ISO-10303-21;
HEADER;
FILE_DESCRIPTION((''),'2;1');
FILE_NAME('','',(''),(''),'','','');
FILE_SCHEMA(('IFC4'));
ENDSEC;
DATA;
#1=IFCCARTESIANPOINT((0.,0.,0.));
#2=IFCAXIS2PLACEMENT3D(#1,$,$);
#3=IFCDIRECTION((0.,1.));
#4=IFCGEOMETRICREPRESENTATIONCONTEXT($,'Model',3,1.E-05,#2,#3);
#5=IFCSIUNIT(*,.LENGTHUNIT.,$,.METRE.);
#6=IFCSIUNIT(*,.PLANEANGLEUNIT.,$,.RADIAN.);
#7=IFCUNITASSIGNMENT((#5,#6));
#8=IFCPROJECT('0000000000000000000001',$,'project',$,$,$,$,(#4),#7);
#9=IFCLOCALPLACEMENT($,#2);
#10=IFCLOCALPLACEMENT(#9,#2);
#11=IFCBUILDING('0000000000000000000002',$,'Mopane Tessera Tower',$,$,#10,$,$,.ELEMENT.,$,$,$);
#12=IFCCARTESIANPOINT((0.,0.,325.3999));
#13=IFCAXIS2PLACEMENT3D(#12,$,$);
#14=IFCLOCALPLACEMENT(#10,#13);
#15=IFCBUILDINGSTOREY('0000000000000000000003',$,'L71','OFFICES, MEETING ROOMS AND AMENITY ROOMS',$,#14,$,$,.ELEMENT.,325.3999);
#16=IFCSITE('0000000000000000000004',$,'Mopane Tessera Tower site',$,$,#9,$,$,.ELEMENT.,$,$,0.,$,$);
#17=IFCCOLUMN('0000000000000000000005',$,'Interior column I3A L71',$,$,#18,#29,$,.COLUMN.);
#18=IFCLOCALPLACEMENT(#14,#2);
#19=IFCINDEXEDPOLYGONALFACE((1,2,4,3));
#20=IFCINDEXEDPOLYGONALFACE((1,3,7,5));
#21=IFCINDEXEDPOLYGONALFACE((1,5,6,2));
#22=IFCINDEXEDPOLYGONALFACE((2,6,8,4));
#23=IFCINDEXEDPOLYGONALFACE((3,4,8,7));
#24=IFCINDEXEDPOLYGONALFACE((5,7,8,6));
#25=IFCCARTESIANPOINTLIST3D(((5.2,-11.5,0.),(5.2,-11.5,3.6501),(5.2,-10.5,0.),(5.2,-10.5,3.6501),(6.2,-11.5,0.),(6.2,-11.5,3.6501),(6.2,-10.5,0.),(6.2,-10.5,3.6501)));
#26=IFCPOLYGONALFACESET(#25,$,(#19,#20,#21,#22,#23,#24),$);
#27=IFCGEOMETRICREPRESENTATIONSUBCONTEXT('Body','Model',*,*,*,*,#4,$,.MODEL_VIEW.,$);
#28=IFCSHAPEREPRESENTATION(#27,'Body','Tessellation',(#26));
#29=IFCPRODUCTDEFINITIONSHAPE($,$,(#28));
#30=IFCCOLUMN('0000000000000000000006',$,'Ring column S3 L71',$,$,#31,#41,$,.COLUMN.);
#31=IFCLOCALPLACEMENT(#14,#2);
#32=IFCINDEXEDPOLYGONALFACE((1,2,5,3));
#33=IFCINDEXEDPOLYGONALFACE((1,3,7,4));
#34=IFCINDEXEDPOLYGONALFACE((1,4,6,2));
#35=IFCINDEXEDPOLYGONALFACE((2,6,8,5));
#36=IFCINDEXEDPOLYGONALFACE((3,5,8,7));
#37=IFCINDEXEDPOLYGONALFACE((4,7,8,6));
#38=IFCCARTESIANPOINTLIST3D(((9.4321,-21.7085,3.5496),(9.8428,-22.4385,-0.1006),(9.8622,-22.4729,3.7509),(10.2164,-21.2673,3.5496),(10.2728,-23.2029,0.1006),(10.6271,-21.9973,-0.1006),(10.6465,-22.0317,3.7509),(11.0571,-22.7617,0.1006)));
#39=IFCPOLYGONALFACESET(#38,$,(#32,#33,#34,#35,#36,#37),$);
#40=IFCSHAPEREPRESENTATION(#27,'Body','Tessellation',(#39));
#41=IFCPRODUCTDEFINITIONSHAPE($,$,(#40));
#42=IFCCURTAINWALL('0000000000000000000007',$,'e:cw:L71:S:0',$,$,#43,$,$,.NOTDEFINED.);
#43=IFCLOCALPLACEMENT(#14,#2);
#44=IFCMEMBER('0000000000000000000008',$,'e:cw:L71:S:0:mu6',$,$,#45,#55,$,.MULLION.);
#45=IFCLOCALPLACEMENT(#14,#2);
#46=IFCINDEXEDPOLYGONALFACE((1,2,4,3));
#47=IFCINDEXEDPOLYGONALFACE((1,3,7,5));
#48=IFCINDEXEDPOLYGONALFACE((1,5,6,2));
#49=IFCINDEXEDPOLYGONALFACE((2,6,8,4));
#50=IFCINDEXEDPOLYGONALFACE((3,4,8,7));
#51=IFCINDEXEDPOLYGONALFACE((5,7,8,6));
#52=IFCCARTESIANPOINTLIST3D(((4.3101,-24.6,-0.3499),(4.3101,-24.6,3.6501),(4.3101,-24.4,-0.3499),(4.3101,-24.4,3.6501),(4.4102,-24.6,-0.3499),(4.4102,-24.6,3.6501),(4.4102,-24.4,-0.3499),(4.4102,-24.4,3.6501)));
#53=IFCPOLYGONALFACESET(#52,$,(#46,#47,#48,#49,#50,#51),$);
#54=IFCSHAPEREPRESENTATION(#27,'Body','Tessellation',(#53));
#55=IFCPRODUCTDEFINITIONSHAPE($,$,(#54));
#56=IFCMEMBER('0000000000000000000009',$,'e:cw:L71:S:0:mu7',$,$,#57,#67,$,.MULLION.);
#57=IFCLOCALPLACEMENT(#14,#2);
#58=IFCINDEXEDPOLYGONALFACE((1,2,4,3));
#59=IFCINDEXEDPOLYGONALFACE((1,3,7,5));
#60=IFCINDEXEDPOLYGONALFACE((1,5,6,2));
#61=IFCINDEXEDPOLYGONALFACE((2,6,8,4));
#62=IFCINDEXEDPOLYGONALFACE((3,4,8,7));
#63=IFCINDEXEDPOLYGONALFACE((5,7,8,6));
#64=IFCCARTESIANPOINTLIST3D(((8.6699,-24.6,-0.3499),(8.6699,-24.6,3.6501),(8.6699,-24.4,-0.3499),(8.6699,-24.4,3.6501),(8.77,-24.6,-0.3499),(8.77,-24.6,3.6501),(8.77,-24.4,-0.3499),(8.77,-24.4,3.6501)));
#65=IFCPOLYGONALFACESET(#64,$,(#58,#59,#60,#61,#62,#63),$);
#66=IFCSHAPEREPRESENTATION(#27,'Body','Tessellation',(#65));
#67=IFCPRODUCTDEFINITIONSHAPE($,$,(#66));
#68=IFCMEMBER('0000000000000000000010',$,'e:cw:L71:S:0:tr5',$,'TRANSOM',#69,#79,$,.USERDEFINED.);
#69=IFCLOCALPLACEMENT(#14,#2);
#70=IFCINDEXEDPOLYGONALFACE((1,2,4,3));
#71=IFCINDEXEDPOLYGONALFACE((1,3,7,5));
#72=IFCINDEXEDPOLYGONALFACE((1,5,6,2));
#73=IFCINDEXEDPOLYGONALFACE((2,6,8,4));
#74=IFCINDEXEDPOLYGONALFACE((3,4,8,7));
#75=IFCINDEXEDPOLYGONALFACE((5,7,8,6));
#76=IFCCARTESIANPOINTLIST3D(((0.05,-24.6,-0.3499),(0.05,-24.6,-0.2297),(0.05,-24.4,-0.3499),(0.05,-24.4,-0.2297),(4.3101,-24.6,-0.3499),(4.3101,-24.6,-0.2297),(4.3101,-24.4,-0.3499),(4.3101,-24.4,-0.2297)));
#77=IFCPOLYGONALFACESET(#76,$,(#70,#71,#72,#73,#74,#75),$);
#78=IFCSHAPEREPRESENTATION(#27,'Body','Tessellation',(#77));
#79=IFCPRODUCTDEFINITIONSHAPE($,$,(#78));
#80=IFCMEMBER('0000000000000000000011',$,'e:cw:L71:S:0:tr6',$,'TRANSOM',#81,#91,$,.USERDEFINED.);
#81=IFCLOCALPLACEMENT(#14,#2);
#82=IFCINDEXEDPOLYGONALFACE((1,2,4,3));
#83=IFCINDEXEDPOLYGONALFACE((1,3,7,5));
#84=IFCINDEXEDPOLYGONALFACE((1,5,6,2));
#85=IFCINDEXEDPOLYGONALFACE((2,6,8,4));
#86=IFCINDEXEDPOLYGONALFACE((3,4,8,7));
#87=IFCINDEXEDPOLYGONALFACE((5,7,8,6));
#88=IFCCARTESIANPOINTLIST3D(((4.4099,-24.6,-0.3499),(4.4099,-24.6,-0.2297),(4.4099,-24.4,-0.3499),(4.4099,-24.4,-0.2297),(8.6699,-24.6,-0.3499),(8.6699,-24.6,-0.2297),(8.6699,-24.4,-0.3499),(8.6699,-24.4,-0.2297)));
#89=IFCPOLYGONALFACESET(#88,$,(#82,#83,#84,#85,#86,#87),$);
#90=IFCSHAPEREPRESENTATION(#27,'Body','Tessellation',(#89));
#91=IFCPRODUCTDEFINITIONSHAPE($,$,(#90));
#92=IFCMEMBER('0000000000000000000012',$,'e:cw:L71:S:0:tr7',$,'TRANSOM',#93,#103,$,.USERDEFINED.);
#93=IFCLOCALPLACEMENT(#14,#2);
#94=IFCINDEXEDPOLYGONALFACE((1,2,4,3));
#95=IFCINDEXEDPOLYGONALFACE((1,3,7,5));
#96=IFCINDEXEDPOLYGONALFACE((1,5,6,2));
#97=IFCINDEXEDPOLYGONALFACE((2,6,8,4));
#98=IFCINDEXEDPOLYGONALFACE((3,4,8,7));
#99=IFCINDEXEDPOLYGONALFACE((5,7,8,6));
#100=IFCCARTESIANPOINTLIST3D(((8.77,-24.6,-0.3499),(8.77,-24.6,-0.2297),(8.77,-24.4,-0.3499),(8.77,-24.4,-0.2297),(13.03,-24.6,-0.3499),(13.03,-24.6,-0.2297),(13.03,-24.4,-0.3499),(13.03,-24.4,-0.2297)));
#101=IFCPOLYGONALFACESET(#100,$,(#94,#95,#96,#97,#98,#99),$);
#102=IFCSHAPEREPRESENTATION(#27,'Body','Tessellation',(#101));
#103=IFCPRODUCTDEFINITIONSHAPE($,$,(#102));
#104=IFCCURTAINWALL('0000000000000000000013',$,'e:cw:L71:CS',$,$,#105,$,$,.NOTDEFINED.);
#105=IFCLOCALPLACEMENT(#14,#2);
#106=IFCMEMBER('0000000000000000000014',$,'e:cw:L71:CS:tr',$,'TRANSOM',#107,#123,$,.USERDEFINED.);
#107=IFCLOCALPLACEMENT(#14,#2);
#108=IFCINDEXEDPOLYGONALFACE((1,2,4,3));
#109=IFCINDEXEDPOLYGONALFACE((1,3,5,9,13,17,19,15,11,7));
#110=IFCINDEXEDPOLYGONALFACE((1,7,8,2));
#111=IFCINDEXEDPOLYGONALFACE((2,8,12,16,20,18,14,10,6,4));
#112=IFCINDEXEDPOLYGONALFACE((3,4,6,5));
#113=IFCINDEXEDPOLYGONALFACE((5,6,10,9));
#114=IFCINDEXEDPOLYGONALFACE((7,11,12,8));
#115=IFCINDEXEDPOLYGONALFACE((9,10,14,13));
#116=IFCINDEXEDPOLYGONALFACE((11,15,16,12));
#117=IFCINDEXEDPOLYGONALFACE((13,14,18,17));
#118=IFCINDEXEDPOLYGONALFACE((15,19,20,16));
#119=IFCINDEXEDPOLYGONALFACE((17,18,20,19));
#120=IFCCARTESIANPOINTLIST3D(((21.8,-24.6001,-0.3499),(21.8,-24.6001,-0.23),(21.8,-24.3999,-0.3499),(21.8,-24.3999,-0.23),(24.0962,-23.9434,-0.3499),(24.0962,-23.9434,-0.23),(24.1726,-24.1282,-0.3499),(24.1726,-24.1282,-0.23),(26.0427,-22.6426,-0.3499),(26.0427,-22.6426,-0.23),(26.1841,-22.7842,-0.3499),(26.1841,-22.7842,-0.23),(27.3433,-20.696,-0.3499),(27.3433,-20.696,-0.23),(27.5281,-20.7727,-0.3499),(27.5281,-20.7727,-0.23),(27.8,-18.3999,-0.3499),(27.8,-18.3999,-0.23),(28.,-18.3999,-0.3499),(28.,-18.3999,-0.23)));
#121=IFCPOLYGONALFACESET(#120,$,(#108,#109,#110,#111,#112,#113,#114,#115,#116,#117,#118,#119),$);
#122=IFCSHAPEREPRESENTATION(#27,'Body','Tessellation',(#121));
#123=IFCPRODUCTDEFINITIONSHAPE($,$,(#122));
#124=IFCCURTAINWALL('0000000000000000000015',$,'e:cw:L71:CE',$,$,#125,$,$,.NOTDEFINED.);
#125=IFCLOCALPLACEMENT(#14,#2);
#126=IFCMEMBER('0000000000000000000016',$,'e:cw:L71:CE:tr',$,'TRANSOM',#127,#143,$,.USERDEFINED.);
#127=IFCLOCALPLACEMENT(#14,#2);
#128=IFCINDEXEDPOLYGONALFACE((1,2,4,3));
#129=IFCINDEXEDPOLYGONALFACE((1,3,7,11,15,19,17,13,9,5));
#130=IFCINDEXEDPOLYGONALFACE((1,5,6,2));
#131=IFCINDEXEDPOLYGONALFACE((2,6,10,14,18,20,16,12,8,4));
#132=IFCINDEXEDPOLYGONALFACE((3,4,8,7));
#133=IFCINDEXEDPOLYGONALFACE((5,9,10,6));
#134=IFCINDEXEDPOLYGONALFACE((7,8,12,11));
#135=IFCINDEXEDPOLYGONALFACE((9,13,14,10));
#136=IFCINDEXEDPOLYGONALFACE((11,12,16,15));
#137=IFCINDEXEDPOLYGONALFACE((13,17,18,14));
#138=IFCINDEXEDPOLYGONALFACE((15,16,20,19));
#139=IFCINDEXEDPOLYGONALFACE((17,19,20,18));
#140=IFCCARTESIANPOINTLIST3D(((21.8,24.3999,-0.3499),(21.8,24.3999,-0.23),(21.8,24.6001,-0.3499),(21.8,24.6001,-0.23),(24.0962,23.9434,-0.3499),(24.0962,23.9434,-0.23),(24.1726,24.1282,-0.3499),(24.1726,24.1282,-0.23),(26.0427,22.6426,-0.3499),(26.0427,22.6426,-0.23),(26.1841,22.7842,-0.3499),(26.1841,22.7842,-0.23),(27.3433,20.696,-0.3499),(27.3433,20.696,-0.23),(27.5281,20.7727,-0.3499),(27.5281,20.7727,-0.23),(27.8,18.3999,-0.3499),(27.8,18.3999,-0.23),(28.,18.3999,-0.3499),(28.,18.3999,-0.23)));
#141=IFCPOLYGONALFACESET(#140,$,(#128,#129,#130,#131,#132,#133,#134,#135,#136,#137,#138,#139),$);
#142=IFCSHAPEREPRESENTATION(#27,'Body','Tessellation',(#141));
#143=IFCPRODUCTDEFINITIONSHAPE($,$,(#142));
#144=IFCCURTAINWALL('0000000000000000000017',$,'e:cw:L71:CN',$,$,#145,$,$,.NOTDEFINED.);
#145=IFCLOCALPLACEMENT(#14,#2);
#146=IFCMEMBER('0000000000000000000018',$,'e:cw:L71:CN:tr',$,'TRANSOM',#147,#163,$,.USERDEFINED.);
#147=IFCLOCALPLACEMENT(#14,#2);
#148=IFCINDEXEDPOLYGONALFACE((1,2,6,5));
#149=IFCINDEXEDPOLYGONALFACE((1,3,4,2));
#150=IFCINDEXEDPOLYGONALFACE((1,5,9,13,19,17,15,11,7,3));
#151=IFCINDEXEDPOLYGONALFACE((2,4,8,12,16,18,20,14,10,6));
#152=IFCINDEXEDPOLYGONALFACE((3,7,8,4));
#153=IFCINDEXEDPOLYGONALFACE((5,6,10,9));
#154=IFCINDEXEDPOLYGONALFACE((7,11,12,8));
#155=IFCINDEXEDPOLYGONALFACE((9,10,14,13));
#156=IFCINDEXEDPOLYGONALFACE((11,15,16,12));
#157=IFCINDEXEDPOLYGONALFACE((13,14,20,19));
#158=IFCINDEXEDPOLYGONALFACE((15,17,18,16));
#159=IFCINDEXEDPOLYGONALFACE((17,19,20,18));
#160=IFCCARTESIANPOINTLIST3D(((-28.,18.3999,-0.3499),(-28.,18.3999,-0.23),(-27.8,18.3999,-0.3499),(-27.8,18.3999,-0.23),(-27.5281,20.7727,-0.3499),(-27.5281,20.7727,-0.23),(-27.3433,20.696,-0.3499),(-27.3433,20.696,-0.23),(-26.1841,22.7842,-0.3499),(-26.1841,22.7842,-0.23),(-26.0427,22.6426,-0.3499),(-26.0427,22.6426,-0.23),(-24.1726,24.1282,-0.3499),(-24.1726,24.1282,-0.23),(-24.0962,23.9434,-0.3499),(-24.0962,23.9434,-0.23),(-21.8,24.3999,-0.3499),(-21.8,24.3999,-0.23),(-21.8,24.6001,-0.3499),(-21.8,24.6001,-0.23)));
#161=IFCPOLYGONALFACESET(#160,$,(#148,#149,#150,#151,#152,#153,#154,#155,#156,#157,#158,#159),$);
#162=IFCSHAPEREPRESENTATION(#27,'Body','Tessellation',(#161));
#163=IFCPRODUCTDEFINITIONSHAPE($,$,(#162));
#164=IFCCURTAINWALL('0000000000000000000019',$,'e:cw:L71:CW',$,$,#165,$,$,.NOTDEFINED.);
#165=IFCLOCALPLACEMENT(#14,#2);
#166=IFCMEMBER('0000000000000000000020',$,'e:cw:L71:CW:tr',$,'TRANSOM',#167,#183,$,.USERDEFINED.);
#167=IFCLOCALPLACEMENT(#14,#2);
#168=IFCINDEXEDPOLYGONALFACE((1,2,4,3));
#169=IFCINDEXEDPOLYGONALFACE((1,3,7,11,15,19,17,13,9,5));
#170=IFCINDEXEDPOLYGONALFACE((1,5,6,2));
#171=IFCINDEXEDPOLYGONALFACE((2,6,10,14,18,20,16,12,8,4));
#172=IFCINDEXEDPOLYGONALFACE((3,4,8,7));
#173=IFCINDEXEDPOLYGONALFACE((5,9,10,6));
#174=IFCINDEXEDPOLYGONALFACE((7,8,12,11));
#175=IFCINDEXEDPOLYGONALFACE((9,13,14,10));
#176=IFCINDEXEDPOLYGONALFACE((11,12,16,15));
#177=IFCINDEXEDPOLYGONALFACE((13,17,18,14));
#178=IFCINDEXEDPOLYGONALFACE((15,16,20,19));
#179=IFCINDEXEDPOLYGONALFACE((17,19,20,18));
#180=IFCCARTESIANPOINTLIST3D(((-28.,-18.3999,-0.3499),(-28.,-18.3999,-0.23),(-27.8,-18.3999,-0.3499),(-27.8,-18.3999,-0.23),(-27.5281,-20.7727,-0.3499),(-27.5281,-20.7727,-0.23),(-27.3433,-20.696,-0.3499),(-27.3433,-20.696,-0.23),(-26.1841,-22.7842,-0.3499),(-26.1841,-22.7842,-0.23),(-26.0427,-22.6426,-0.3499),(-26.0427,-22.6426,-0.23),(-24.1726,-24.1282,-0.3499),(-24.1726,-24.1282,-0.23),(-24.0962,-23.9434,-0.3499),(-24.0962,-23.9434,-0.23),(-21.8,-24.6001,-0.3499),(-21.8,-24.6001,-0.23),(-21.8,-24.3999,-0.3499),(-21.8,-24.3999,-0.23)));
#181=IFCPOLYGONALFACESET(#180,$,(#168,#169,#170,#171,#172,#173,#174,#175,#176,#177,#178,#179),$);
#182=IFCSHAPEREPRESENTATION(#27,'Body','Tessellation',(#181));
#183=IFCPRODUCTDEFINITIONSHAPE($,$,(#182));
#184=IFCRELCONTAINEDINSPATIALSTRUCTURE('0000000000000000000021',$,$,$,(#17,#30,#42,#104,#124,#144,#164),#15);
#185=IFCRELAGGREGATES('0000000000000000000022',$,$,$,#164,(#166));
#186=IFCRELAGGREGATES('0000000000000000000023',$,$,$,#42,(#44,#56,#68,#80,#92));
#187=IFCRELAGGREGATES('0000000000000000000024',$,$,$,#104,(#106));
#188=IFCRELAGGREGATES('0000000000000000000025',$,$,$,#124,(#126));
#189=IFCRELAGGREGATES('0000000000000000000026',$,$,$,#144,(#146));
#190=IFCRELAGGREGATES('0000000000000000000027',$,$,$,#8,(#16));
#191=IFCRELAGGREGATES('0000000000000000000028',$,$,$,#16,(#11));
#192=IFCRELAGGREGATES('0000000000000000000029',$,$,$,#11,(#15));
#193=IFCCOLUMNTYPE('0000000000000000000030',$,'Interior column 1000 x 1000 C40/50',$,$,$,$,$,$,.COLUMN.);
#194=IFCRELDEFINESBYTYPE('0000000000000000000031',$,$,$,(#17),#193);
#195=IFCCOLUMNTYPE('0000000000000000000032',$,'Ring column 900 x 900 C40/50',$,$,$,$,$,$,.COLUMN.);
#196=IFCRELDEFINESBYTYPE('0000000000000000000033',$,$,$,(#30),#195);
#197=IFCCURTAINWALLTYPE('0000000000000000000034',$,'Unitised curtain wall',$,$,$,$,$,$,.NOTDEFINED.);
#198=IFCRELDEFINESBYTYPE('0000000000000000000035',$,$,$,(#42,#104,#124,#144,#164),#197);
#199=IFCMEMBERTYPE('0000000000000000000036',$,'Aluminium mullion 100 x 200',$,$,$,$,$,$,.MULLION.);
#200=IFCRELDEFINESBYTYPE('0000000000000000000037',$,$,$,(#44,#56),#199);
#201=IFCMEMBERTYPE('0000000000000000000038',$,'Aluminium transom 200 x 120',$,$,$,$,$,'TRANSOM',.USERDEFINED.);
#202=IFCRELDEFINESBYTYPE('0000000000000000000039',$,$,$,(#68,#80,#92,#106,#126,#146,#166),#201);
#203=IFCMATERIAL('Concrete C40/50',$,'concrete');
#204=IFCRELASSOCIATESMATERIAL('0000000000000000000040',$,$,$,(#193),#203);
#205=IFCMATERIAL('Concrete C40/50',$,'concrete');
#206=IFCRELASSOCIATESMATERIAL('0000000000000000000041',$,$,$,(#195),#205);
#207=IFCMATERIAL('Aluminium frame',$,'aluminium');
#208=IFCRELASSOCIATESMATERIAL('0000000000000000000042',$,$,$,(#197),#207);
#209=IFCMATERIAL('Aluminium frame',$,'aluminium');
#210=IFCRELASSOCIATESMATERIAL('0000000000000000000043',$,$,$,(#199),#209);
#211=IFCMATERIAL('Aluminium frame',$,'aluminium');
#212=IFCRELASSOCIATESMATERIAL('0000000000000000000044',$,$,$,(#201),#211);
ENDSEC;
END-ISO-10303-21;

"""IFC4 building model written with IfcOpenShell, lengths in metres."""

from ifc_helpers import new_model, si_unit, direction, frame, origin, origin_2d, place, context, subcontext, project, spatial, polyline, rectangle, outline, extrude, material, material_profile, profile_set, type_object, element, aggregate, save


model = new_model("IFC4")

# Units and contexts
model_context = context("Model", 3, precision=1e-05, world=origin(), true_north=direction((0.0, 1.0)))
body_context = subcontext(model_context, "Body", "Model", "MODEL_VIEW")
ifc_project = project(units=[si_unit("LENGTHUNIT", "METRE"), si_unit("PLANEANGLEUNIT", "RADIAN")], contexts=[model_context])

# Site, building, storey
site_placement = place(None, origin())
site = spatial("IfcSite", under=ifc_project, at=site_placement, Name="Mopane Tessera Tower site", CompositionType="ELEMENT", RefElevation=0.0)
building_placement = place(site_placement, origin())
building = spatial("IfcBuilding", under=site, at=building_placement, Name="Mopane Tessera Tower", CompositionType="ELEMENT")
storey_placement = place(building_placement, frame((0.0, 0.0, 325.3999)))
storey = spatial("IfcBuildingStorey", under=building, at=storey_placement, Name="L71", Description="OFFICES, MEETING ROOMS AND AMENITY ROOMS", CompositionType="ELEMENT", Elevation=325.3999)

# Columns
ifc_material_1 = material(Name="Concrete C40/50", Category="concrete")
ifc_material_profile_1 = material_profile(ifc_material_1, rectangle(XDim=1.0, YDim=1.0, at=origin_2d()))
ifc_profile_set_1 = profile_set([ifc_material_profile_1], Name="Concrete C40/50")
column_type_1 = type_object("IfcColumnType", Name="Interior column 1000 x 1000 C40/50", PredefinedType="COLUMN", material=ifc_profile_set_1)
column_1_placement = place(storey_placement, frame((5.7, -11.0, 0.0), z_axis=(0.0, 0.0, 1.0), x_axis=(1.0, 0.0, 0.0)))
element("IfcColumn", 1, at=column_1_placement, inside=storey, type_object=column_type_1, Name="Interior column I3A L71", PredefinedType="COLUMN", context=body_context, shape_type="SweptSolid", body=[
    extrude(rectangle(XDim=1.0, YDim=1.0, at=origin_2d()), origin(), (0.0, 0.0, 1.0), 3.6501),
])
ifc_material_2 = material(Name="Concrete C40/50", Category="concrete")
ifc_material_profile_2 = material_profile(ifc_material_2, rectangle(XDim=0.8999, YDim=0.8999, at=origin_2d()))
ifc_profile_set_2 = profile_set([ifc_material_profile_2], Name="Concrete C40/50")
column_type_2 = type_object("IfcColumnType", Name="Ring column 900 x 900 C40/50", PredefinedType="COLUMN", material=ifc_profile_set_2)
column_2_placement = place(storey_placement, frame((10.45, -22.6001, 0.0), z_axis=(-0.109651, 0.194921, 0.97467), x_axis=(-0.87156, -0.490289, 0.0)))
element("IfcColumn", 2, at=column_2_placement, inside=storey, type_object=column_type_2, Name="Ring column S3 L71", PredefinedType="COLUMN", context=body_context, shape_type="SweptSolid", body=[
    extrude(rectangle(XDim=0.8999, YDim=0.8999, at=origin_2d()), origin(), (0.0, 0.0, 1.0), 3.7451),
])

# Curtain wall, members
ifc_material_3 = material(Name="Aluminium frame", Category="aluminium")
curtain_wall_type = type_object("IfcCurtainWallType", Name="Unitised curtain wall", PredefinedType="NOTDEFINED", material=ifc_material_3)
curtain_wall_1_placement = place(storey_placement, origin())
curtain_wall_1 = element("IfcCurtainWall", 3, at=curtain_wall_1_placement, inside=storey, type_object=curtain_wall_type, Name="e:cw:L71:S:0", PredefinedType="NOTDEFINED")
ifc_material_4 = material(Name="Aluminium frame", Category="aluminium")
ifc_material_profile_3 = material_profile(ifc_material_4, rectangle(XDim=0.1001, YDim=0.2, at=origin_2d()))
ifc_profile_set_3 = profile_set([ifc_material_profile_3], Name="Aluminium frame")
member_type_1 = type_object("IfcMemberType", Name="Aluminium mullion 100 x 200", PredefinedType="MULLION", material=ifc_profile_set_3)
member_1_placement = place(storey_placement, frame((4.3601, -24.5, -0.3499), z_axis=(0.0, 0.0, 1.0), x_axis=(1.0, 0.0, 0.0)))
member_1 = element("IfcMember", 4, at=member_1_placement, type_object=member_type_1, Name="e:cw:L71:S:0:mu6", PredefinedType="MULLION", context=body_context, shape_type="SweptSolid", body=[
    extrude(rectangle(XDim=0.1001, YDim=0.2, at=origin_2d()), origin(), (0.0, 0.0, 1.0), 4.0),
])
member_2_placement = place(storey_placement, frame((8.72, -24.5, -0.3499), z_axis=(0.0, 0.0, 1.0), x_axis=(1.0, 0.0, 0.0)))
member_2 = element("IfcMember", 5, at=member_2_placement, type_object=member_type_1, Name="e:cw:L71:S:0:mu7", PredefinedType="MULLION", context=body_context, shape_type="SweptSolid", body=[
    extrude(rectangle(XDim=0.1001, YDim=0.2, at=origin_2d()), origin(), (0.0, 0.0, 1.0), 4.0),
])
ifc_material_5 = material(Name="Aluminium frame", Category="aluminium")
ifc_material_profile_4 = material_profile(ifc_material_5, rectangle(XDim=0.2, YDim=0.1201, at=origin_2d()))
ifc_profile_set_4 = profile_set([ifc_material_profile_4], Name="Aluminium frame")
member_type_2 = type_object("IfcMemberType", Name="Aluminium transom 200 x 120", ElementType="TRANSOM", PredefinedType="USERDEFINED", material=ifc_profile_set_4)
member_3_placement = place(storey_placement, frame((0.05, -24.5, -0.2898), z_axis=(1.0, 0.0, 0.0), x_axis=(0.0, 1.0, 0.0)))
member_3 = element("IfcMember", 6, at=member_3_placement, type_object=member_type_2, Name="e:cw:L71:S:0:tr5", ObjectType="TRANSOM", PredefinedType="USERDEFINED", context=body_context, shape_type="SweptSolid", body=[
    extrude(rectangle(XDim=0.2, YDim=0.1201, at=origin_2d()), origin(), (0.0, 0.0, 1.0), 4.26),
])
member_4_placement = place(storey_placement, frame((4.4099, -24.5, -0.2898), z_axis=(1.0, 0.0, 0.0), x_axis=(0.0, 1.0, 0.0)))
member_4 = element("IfcMember", 7, at=member_4_placement, type_object=member_type_2, Name="e:cw:L71:S:0:tr6", ObjectType="TRANSOM", PredefinedType="USERDEFINED", context=body_context, shape_type="SweptSolid", body=[
    extrude(rectangle(XDim=0.2, YDim=0.1201, at=origin_2d()), origin(), (0.0, 0.0, 1.0), 4.26),
])
member_5_placement = place(storey_placement, frame((8.77, -24.5, -0.2898), z_axis=(1.0, 0.0, 0.0), x_axis=(0.0, 1.0, 0.0)))
member_5 = element("IfcMember", 8, at=member_5_placement, type_object=member_type_2, Name="e:cw:L71:S:0:tr7", ObjectType="TRANSOM", PredefinedType="USERDEFINED", context=body_context, shape_type="SweptSolid", body=[
    extrude(rectangle(XDim=0.2, YDim=0.1201, at=origin_2d()), origin(), (0.0, 0.0, 1.0), 4.26),
])

# Curtain walls, members
curtain_wall_2_placement = place(storey_placement, origin())
curtain_wall_2 = element("IfcCurtainWall", 9, at=curtain_wall_2_placement, inside=storey, type_object=curtain_wall_type, Name="e:cw:L71:CS", PredefinedType="NOTDEFINED")
member_6_placement = place(storey_placement, frame((0.0, 0.0, -0.3499)))
member_6 = element("IfcMember", 10, at=member_6_placement, type_object=member_type_2, Name="e:cw:L71:CS:tr", ObjectType="TRANSOM", PredefinedType="USERDEFINED", context=body_context, shape_type="SweptSolid", body=[
    extrude(outline(polyline([(21.8, -24.3999), (24.0962, -23.9434), (26.0427, -22.6426), (27.3433, -20.696), (27.8, -18.3999), (28.0, -18.3999), (27.5281, -20.7727), (26.1841, -22.7842), (24.1726, -24.1282), (21.8, -24.6001), (21.8, -24.3999)])), origin(), (0.0, 0.0, 1.0), 0.1199),
])
curtain_wall_3_placement = place(storey_placement, origin())
curtain_wall_3 = element("IfcCurtainWall", 11, at=curtain_wall_3_placement, inside=storey, type_object=curtain_wall_type, Name="e:cw:L71:CE", PredefinedType="NOTDEFINED")
member_7_placement = place(storey_placement, frame((0.0, 0.0, -0.3499)))
member_7 = element("IfcMember", 12, at=member_7_placement, type_object=member_type_2, Name="e:cw:L71:CE:tr", ObjectType="TRANSOM", PredefinedType="USERDEFINED", context=body_context, shape_type="SweptSolid", body=[
    extrude(outline(polyline([(27.8, 18.3999), (27.3433, 20.696), (26.0427, 22.6426), (24.0962, 23.9434), (21.8, 24.3999), (21.8, 24.6001), (24.1726, 24.1282), (26.1841, 22.7842), (27.5281, 20.7727), (28.0, 18.3999), (27.8, 18.3999)])), origin(), (0.0, 0.0, 1.0), 0.1199),
])
curtain_wall_4_placement = place(storey_placement, origin())
curtain_wall_4 = element("IfcCurtainWall", 13, at=curtain_wall_4_placement, inside=storey, type_object=curtain_wall_type, Name="e:cw:L71:CN", PredefinedType="NOTDEFINED")
member_8_placement = place(storey_placement, frame((0.0, 0.0, -0.3499)))
member_8 = element("IfcMember", 14, at=member_8_placement, type_object=member_type_2, Name="e:cw:L71:CN:tr", ObjectType="TRANSOM", PredefinedType="USERDEFINED", context=body_context, shape_type="SweptSolid", body=[
    extrude(outline(polyline([(-21.8, 24.3999), (-24.0962, 23.9434), (-26.0427, 22.6426), (-27.3433, 20.696), (-27.8, 18.3999), (-28.0, 18.3999), (-27.5281, 20.7727), (-26.1841, 22.7842), (-24.1726, 24.1282), (-21.8, 24.6001), (-21.8, 24.3999)])), origin(), (0.0, 0.0, 1.0), 0.1199),
])
curtain_wall_5_placement = place(storey_placement, origin())
curtain_wall_5 = element("IfcCurtainWall", 15, at=curtain_wall_5_placement, inside=storey, type_object=curtain_wall_type, Name="e:cw:L71:CW", PredefinedType="NOTDEFINED")
member_9_placement = place(storey_placement, frame((0.0, 0.0, -0.3499)))
member_9 = element("IfcMember", 16, at=member_9_placement, type_object=member_type_2, Name="e:cw:L71:CW:tr", ObjectType="TRANSOM", PredefinedType="USERDEFINED", context=body_context, shape_type="SweptSolid", body=[
    extrude(outline(polyline([(-27.8, -18.3999), (-27.3433, -20.696), (-26.0427, -22.6426), (-24.0962, -23.9434), (-21.8, -24.3999), (-21.8, -24.6001), (-24.1726, -24.1282), (-26.1841, -22.7842), (-27.5281, -20.7727), (-28.0, -18.3999), (-27.8, -18.3999)])), origin(), (0.0, 0.0, 1.0), 0.1199),
])
aggregate(curtain_wall_5, [member_9])

aggregate(curtain_wall_1, [member_1, member_2, member_3, member_4, member_5])
aggregate(curtain_wall_2, [member_6])
aggregate(curtain_wall_3, [member_7])
aggregate(curtain_wall_4, [member_8])

save(model, "model.ifc")
